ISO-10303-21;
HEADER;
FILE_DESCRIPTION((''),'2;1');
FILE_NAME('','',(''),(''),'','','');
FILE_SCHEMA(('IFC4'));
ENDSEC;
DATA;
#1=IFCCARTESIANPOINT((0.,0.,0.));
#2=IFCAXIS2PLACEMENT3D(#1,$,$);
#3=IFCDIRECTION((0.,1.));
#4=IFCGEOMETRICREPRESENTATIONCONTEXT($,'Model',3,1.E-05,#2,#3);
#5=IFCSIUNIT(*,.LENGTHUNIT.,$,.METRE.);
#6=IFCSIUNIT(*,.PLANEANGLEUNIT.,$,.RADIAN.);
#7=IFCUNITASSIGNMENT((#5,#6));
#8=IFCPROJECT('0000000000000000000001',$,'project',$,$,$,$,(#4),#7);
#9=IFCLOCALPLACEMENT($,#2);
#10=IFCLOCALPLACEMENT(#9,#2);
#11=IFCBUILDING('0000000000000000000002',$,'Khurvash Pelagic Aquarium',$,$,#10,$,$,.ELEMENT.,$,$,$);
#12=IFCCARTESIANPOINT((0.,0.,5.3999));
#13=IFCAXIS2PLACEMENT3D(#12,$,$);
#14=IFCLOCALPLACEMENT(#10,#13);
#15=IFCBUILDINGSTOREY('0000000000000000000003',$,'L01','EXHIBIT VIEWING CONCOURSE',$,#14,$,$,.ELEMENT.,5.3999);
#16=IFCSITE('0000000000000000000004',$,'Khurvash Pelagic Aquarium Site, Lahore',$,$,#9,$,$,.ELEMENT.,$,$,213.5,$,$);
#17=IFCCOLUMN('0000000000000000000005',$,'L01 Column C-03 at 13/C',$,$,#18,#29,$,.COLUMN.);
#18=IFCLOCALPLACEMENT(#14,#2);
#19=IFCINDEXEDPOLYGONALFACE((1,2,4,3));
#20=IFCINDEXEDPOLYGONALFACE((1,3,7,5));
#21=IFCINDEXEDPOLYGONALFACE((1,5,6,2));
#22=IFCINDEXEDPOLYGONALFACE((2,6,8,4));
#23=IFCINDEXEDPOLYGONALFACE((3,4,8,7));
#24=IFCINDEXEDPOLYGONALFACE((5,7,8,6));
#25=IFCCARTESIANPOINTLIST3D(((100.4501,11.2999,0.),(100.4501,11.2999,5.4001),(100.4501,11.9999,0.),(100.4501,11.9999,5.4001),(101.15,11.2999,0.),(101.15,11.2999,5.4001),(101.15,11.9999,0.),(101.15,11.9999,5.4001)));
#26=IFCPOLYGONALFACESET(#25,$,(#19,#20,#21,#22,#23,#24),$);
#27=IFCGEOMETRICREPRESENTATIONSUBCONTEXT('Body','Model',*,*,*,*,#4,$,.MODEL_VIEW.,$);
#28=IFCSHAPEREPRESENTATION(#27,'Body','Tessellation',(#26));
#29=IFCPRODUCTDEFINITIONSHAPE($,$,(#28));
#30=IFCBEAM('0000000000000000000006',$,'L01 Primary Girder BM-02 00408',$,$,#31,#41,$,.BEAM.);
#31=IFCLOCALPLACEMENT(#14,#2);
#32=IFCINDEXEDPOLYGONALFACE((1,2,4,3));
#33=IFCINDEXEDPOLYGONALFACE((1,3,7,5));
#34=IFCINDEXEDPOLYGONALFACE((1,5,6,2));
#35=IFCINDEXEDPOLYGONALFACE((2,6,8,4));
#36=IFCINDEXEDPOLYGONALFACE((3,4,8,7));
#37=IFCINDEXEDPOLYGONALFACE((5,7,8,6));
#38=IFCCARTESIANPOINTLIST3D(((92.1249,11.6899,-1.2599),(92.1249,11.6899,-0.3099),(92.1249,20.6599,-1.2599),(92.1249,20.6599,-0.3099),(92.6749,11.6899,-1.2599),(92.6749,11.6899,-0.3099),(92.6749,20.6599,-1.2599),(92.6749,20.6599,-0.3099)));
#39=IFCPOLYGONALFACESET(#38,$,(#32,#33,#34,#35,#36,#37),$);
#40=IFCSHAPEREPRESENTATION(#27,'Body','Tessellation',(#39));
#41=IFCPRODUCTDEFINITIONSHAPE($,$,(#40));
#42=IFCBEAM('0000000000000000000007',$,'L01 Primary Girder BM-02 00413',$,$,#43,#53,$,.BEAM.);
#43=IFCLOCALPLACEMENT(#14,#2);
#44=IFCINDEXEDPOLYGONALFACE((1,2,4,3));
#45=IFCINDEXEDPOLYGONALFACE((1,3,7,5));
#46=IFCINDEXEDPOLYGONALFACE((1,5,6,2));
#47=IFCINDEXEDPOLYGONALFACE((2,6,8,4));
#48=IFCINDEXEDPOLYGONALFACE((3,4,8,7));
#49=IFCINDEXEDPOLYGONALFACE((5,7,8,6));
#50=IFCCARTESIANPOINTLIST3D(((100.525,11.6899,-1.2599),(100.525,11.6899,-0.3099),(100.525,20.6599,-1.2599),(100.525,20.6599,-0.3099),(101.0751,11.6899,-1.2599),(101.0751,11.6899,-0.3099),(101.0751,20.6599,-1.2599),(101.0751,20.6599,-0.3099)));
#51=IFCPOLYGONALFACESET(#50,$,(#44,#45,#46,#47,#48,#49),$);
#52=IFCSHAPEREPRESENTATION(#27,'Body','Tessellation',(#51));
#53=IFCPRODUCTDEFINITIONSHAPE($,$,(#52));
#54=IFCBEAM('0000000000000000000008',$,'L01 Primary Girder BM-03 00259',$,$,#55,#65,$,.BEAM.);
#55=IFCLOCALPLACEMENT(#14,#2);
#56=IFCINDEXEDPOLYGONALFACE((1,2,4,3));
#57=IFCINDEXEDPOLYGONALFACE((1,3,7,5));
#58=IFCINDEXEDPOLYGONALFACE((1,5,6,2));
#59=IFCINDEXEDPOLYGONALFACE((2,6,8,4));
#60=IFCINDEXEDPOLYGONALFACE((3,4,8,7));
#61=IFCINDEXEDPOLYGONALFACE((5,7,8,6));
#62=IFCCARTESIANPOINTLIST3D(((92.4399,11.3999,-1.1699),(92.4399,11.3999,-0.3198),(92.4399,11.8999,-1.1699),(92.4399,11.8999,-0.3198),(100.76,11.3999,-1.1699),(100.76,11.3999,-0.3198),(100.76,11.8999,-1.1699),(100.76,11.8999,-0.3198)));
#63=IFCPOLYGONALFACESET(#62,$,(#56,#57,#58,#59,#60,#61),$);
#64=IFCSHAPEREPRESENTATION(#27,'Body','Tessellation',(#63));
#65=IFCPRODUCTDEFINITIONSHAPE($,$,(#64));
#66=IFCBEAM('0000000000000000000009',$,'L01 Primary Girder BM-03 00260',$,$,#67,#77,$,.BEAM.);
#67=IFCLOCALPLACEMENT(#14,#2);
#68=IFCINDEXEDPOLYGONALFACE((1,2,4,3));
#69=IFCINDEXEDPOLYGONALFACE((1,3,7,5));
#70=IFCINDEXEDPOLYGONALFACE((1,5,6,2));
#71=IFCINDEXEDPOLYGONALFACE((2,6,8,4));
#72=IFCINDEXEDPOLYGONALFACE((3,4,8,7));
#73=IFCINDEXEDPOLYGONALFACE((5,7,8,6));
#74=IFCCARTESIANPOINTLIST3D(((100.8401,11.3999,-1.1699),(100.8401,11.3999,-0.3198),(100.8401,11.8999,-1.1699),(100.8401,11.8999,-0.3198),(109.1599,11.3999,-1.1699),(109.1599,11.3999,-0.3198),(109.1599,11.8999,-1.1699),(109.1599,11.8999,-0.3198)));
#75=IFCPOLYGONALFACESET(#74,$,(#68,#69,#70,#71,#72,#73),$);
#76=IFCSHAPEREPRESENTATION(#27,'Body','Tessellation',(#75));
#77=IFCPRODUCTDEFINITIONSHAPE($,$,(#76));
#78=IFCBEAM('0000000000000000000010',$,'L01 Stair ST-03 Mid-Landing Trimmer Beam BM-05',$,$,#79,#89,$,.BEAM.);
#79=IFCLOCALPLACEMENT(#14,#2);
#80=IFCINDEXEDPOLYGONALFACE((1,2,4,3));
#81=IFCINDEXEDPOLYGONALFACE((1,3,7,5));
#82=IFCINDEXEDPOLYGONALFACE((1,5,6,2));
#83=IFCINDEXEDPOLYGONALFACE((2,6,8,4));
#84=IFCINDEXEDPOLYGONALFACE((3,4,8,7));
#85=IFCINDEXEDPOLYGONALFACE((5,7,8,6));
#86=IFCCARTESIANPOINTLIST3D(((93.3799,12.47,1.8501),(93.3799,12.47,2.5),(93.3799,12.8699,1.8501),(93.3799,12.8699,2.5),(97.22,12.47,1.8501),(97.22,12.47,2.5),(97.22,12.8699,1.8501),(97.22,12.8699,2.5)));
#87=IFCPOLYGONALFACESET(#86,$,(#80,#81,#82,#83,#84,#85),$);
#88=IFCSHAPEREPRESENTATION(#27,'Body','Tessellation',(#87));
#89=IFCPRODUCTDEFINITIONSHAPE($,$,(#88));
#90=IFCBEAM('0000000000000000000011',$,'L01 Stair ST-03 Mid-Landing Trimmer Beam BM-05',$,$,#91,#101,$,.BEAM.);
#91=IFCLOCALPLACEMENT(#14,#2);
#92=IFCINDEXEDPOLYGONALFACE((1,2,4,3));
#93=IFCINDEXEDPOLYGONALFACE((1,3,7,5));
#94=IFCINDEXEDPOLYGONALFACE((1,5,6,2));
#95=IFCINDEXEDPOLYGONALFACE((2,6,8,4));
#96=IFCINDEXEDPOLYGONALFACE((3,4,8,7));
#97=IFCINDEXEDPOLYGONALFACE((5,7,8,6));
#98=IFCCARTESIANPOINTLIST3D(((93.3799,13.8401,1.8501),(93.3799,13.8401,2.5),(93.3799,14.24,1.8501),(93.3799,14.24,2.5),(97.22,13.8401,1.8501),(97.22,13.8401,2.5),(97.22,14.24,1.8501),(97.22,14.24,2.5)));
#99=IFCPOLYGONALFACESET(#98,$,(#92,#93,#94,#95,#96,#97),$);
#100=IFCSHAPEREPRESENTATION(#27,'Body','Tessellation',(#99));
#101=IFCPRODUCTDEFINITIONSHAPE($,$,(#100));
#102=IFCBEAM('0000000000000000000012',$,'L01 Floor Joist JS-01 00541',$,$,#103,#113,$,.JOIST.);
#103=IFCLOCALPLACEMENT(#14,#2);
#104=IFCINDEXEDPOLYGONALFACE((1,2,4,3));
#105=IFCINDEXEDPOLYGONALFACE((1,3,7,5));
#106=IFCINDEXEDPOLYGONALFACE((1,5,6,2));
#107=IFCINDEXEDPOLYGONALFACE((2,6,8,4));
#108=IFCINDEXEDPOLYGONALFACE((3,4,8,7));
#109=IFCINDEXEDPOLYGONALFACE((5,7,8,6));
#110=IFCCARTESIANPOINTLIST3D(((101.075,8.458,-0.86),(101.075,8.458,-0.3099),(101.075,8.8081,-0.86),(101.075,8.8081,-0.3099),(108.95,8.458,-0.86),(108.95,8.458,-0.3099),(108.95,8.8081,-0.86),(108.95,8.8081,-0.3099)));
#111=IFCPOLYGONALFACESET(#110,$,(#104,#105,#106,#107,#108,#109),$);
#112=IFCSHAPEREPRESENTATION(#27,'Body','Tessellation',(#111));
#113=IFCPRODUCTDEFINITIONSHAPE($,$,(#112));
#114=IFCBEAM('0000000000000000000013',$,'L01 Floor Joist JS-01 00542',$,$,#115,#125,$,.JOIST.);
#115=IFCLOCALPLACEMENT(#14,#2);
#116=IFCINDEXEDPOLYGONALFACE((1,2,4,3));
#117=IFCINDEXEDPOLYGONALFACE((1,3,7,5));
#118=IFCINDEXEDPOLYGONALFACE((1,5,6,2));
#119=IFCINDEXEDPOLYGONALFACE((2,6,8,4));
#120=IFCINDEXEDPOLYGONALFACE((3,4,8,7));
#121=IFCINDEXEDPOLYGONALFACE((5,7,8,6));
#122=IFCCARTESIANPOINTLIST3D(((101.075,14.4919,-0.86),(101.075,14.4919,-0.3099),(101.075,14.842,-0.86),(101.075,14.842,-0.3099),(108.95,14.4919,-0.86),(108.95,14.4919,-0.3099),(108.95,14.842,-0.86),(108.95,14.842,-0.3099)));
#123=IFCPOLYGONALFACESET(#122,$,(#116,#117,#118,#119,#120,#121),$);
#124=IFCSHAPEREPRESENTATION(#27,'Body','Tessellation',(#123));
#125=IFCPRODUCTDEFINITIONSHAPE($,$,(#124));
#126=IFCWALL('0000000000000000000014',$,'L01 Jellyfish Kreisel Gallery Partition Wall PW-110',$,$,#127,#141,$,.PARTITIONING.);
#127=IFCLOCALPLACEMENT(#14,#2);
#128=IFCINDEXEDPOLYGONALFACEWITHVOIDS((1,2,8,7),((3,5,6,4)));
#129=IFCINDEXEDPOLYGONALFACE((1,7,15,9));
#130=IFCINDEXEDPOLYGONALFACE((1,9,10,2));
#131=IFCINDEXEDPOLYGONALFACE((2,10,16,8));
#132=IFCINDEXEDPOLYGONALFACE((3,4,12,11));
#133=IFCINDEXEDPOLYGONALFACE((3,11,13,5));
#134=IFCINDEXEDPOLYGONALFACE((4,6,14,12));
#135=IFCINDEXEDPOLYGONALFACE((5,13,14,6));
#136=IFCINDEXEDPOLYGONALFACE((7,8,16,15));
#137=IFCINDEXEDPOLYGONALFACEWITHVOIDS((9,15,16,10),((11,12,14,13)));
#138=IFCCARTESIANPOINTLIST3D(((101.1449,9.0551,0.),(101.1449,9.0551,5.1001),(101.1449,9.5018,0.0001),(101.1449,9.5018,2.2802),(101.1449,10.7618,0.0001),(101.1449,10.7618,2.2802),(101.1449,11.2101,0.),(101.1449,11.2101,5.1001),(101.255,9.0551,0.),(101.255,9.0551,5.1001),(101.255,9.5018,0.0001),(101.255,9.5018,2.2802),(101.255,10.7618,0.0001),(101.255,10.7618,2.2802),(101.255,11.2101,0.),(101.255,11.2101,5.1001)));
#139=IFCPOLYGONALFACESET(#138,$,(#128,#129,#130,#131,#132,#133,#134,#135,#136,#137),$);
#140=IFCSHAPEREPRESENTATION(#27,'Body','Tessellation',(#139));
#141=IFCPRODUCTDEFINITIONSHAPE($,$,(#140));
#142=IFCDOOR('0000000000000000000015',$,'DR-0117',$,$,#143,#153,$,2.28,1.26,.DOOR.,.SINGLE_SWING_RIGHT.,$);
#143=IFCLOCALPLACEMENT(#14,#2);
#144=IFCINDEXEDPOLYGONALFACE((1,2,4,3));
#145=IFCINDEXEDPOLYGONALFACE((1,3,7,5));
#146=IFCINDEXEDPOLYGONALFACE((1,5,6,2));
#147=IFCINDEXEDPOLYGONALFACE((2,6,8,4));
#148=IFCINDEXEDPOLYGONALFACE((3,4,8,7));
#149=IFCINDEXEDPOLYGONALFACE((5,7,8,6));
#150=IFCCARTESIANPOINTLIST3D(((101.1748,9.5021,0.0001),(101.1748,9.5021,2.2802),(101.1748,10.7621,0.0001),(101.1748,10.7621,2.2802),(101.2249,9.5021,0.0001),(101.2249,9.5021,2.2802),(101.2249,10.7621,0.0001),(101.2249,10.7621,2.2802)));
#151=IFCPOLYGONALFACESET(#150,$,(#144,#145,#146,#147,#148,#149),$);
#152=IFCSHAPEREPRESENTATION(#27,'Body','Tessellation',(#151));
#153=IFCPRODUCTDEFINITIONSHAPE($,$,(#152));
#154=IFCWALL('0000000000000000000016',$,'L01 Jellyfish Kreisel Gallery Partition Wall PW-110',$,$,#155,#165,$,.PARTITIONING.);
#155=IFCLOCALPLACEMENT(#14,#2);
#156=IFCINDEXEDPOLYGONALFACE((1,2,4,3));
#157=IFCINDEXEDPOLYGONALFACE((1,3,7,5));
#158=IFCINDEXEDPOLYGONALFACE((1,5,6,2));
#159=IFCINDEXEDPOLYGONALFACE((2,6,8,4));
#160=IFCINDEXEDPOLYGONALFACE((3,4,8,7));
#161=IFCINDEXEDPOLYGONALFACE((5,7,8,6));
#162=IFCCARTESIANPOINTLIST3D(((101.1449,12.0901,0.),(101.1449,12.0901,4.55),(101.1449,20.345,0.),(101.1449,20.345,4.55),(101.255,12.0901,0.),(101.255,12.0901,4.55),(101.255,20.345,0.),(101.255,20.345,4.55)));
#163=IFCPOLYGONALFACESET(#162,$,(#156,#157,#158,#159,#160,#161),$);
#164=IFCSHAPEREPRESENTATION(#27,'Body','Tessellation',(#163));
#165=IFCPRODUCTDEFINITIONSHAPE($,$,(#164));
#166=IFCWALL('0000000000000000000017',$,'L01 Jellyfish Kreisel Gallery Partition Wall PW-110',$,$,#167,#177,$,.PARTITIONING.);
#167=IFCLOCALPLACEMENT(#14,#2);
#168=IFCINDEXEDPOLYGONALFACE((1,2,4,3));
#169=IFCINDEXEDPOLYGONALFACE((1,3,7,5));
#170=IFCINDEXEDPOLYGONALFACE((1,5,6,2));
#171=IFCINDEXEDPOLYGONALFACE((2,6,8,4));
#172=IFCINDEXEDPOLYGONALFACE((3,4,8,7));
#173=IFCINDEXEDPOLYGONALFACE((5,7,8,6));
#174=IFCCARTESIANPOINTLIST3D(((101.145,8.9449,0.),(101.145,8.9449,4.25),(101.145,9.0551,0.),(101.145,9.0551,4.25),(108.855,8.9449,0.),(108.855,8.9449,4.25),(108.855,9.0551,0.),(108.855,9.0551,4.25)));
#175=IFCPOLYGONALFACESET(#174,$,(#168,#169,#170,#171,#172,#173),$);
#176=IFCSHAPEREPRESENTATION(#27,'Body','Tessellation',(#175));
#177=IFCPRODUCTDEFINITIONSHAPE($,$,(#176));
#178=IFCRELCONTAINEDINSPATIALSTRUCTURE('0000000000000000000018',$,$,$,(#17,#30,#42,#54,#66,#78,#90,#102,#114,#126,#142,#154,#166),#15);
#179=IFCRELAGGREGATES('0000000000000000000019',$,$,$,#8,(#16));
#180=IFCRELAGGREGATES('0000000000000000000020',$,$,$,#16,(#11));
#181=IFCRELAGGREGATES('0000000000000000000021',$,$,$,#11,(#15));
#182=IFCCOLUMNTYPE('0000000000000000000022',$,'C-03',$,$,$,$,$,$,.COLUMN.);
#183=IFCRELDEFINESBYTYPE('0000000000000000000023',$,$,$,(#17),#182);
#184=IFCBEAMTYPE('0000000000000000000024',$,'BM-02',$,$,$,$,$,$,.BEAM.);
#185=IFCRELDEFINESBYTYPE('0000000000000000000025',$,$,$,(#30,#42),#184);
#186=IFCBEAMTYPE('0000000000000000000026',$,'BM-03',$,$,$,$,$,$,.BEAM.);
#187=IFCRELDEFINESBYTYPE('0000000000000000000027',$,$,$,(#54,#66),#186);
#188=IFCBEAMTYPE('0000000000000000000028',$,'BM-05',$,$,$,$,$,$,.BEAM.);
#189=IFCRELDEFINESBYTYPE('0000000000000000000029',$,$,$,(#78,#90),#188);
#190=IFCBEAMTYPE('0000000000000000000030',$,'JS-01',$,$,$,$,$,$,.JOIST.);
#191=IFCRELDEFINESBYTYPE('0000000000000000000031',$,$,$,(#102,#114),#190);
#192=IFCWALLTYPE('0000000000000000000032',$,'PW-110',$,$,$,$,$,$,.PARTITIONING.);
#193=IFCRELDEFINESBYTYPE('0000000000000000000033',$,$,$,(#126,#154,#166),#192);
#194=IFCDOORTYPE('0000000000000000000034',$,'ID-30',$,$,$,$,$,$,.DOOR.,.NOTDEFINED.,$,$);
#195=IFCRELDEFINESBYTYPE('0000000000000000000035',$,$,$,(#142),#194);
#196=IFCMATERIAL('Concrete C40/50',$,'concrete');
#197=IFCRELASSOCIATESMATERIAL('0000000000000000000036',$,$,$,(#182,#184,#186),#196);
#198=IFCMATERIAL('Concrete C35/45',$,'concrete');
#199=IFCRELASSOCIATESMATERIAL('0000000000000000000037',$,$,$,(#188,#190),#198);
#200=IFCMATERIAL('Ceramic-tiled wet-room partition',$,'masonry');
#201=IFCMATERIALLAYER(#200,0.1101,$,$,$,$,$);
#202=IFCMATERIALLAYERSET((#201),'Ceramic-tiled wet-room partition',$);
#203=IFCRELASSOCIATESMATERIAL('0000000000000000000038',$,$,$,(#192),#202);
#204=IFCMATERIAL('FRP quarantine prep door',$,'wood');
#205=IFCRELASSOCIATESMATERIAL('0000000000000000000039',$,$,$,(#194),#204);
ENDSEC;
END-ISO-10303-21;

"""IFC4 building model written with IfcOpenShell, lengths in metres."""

from ifc_helpers import new_model, si_unit, direction, frame, frame_2d, origin, origin_2d, place, context, subcontext, project, spatial, rectangle, extrude, material, layer, layer_set, material_profile, profile_set, type_object, element, fill, save


model = new_model("IFC4")

# Units and contexts
model_context = context("Model", 3, precision=1e-05, world=origin(), true_north=direction((0.0, 1.0)))
body_context = subcontext(model_context, "Body", "Model", "MODEL_VIEW")
ifc_project = project(units=[si_unit("LENGTHUNIT", "METRE"), si_unit("PLANEANGLEUNIT", "RADIAN")], contexts=[model_context])

# Site, building, storey
site_placement = place(None, origin())
site = spatial("IfcSite", under=ifc_project, at=site_placement, Name="Khurvash Pelagic Aquarium Site, Lahore", CompositionType="ELEMENT", RefElevation=213.5)
building_placement = place(site_placement, origin())
building = spatial("IfcBuilding", under=site, at=building_placement, Name="Khurvash Pelagic Aquarium", CompositionType="ELEMENT")
storey_placement = place(building_placement, frame((0.0, 0.0, 5.3999)))
storey = spatial("IfcBuildingStorey", under=building, at=storey_placement, Name="L01", Description="EXHIBIT VIEWING CONCOURSE", CompositionType="ELEMENT", Elevation=5.3999)

# Column
ifc_material_1 = material(Name="Concrete C40/50", Category="concrete")
ifc_material_profile_1 = material_profile(ifc_material_1, rectangle(XDim=0.7, YDim=0.7, at=origin_2d()), Name="RC700X700")
ifc_profile_set_1 = profile_set([ifc_material_profile_1], Name="Concrete C40/50")
column_type = type_object("IfcColumnType", Name="C-03", PredefinedType="COLUMN", material=ifc_profile_set_1)
column_placement = place(storey_placement, frame((100.8, 11.6499, 0.0), z_axis=(0.0, 0.0, 1.0), x_axis=(1.0, 0.0, 0.0)))
element("IfcColumn", 1, at=column_placement, inside=storey, type_object=column_type, Name="L01 Column C-03 at 13/C", PredefinedType="COLUMN", context=body_context, shape_type="SweptSolid", body=[
    extrude(rectangle(XDim=0.7, YDim=0.7, at=origin_2d()), origin(), (0.0, 0.0, 1.0), 5.4001),
])

# Beams
ifc_material_profile_2 = material_profile(ifc_material_1, rectangle(XDim=0.55, YDim=0.95, at=origin_2d()), Name="RC550X950")
ifc_profile_set_2 = profile_set([ifc_material_profile_2], Name="Concrete C40/50")
beam_type_1 = type_object("IfcBeamType", Name="BM-02", PredefinedType="BEAM", material=ifc_profile_set_2)
for number, where, z_axis, x_axis, name in (
    (2, (92.3999, 11.6899, -0.7849), (0.0, 1.0, 0.0), (-1.0, 0.0, 0.0), "L01 Primary Girder BM-02 00408"),
    (3, (100.8, 11.6899, -0.7849), (0.0, 1.0, 0.0), (-1.0, 0.0, 0.0), "L01 Primary Girder BM-02 00413"),
):
    element("IfcBeam", number, at=place(storey_placement, frame(where, z_axis=z_axis, x_axis=x_axis)), inside=storey, type_object=beam_type_1, Name=name, PredefinedType="BEAM", context=body_context, shape_type="SweptSolid", body=[
        extrude(rectangle(XDim=0.55, YDim=0.95, at=origin_2d()), origin(), (0.0, 0.0, 1.0), 8.97),
    ])
ifc_material_profile_3 = material_profile(ifc_material_1, rectangle(XDim=0.5, YDim=0.8501, at=origin_2d()), Name="RC500X850")
ifc_profile_set_3 = profile_set([ifc_material_profile_3], Name="Concrete C40/50")
beam_type_2 = type_object("IfcBeamType", Name="BM-03", PredefinedType="BEAM", material=ifc_profile_set_3)
beam_1_placement = place(storey_placement, frame((92.4399, 11.6499, -0.7449), z_axis=(1.0, 0.0, 0.0), x_axis=(0.0, 1.0, 0.0)))
element("IfcBeam", 4, at=beam_1_placement, inside=storey, type_object=beam_type_2, Name="L01 Primary Girder BM-03 00259", PredefinedType="BEAM", context=body_context, shape_type="SweptSolid", body=[
    extrude(rectangle(XDim=0.5, YDim=0.8501, at=origin_2d()), origin(), (0.0, 0.0, 1.0), 8.3201),
])
beam_2_placement = place(storey_placement, frame((100.8401, 11.6499, -0.7449), z_axis=(1.0, 0.0, 0.0), x_axis=(0.0, 1.0, 0.0)))
element("IfcBeam", 5, at=beam_2_placement, inside=storey, type_object=beam_type_2, Name="L01 Primary Girder BM-03 00260", PredefinedType="BEAM", context=body_context, shape_type="SweptSolid", body=[
    extrude(rectangle(XDim=0.5, YDim=0.8501, at=origin_2d()), origin(), (0.0, 0.0, 1.0), 8.3198),
])
ifc_material_2 = material(Name="Concrete C35/45", Category="concrete")
ifc_material_profile_4 = material_profile(ifc_material_2, rectangle(XDim=0.3999, YDim=0.6499, at=origin_2d()), Name="RC400X650")
ifc_profile_set_4 = profile_set([ifc_material_profile_4], Name="Concrete C35/45")
beam_type_3 = type_object("IfcBeamType", Name="BM-05", PredefinedType="BEAM", material=ifc_profile_set_4)
for number, where, z_axis, x_axis, name in (
    (6, (93.3799, 12.6699, 2.175), (1.0, 0.0, 0.0), (0.0, 1.0, 0.0), "L01 Stair ST-03 Mid-Landing Trimmer Beam BM-05"),
    (7, (93.3799, 14.04, 2.175), (1.0, 0.0, 0.0), (0.0, 1.0, 0.0), "L01 Stair ST-03 Mid-Landing Trimmer Beam BM-05"),
):
    element("IfcBeam", number, at=place(storey_placement, frame(where, z_axis=z_axis, x_axis=x_axis)), inside=storey, type_object=beam_type_3, Name=name, PredefinedType="BEAM", context=body_context, shape_type="SweptSolid", body=[
        extrude(rectangle(XDim=0.3999, YDim=0.6499, at=origin_2d()), origin(), (0.0, 0.0, 1.0), 3.8401),
    ])
ifc_material_profile_5 = material_profile(ifc_material_2, rectangle(XDim=0.3501, YDim=0.55, at=origin_2d()), Name="RC350X550")
ifc_profile_set_5 = profile_set([ifc_material_profile_5], Name="Concrete C35/45")
beam_type_4 = type_object("IfcBeamType", Name="JS-01", PredefinedType="JOIST", material=ifc_profile_set_5)
for number, where, z_axis, x_axis, name in (
    (8, (101.075, 8.6331, -0.585), (1.0, 0.0, 0.0), (0.0, 1.0, 0.0), "L01 Floor Joist JS-01 00541"),
    (9, (101.075, 14.667, -0.585), (1.0, 0.0, 0.0), (0.0, 1.0, 0.0), "L01 Floor Joist JS-01 00542"),
):
    element("IfcBeam", number, at=place(storey_placement, frame(where, z_axis=z_axis, x_axis=x_axis)), inside=storey, type_object=beam_type_4, Name=name, PredefinedType="JOIST", context=body_context, shape_type="SweptSolid", body=[
        extrude(rectangle(XDim=0.3501, YDim=0.55, at=origin_2d()), origin(), (0.0, 0.0, 1.0), 7.875),
    ])

# Wall, opening, door
ifc_material_3 = material(Name="Ceramic-tiled wet-room partition", Category="masonry")
ifc_layer_1 = layer(ifc_material_3, 0.1101)
ifc_layer_set_1 = layer_set([ifc_layer_1], Name="Ceramic-tiled wet-room partition")
wall_type_1 = type_object("IfcWallType", Name="PW-110", PredefinedType="PARTITIONING", material=ifc_layer_set_1)
wall_1_placement = place(storey_placement, frame((101.2, 9.0549, 0.0), z_axis=(0.0, 0.0, 1.0), x_axis=(0.0, 1.0, 0.0)))
wall_1 = element("IfcWall", 10, at=wall_1_placement, inside=storey, type_object=wall_type_1, Name="L01 Jellyfish Kreisel Gallery Partition Wall PW-110", PredefinedType="PARTITIONING", context=body_context, shape_type="SweptSolid", body=[
    extrude(rectangle(XDim=2.155, YDim=0.1101, at=frame_2d((1.0776, 0.0))), origin(), (0.0, 0.0, 1.0), 5.1001),
])
opening_placement = place(wall_1_placement, frame((0.447, 0.0, 0.0)))
opening = element("IfcOpeningElement", 11, at=opening_placement, cuts=wall_1, PredefinedType="OPENING", context=body_context, shape_type="SweptSolid", body=[
    extrude(rectangle(XDim=1.26, YDim=2.28, at=frame_2d((0.6299, 1.1401))), frame((0.0, 0.0649, 0.0), z_axis=(0.0, -1.0, 0.0), x_axis=(1.0, 0.0, 0.0)), (0.0, 0.0, 1.0), 0.1301),
])
ifc_material_4 = material(Name="FRP quarantine prep door", Category="wood")
door_type = type_object("IfcDoorType", Name="ID-30", OperationType="NOTDEFINED", PredefinedType="DOOR", material=ifc_material_4)
door_placement = place(opening_placement, frame((1.26, 0.0, 0.0), z_axis=(0.0, 0.0, 1.0), x_axis=(-1.0, 0.0, 0.0)))
door = element("IfcDoor", 12, at=door_placement, inside=storey, type_object=door_type, Name="DR-0117", OperationType="SINGLE_SWING_RIGHT", OverallHeight=2.28, OverallWidth=1.26, PredefinedType="DOOR", context=body_context, shape_type="SweptSolid", body=[
    extrude(rectangle(XDim=1.26, YDim=2.28, at=frame_2d((0.6299, 1.1401))), frame((0.0, 0.0249, 0.0), z_axis=(0.0, -1.0, 0.0), x_axis=(1.0, 0.0, 0.0)), (0.0, 0.0, 1.0), 0.05),
])
fill(opening, door)

# Walls
wall_2_placement = place(storey_placement, frame((101.2, 12.0901, 0.0), z_axis=(0.0, 0.0, 1.0), x_axis=(0.0, 1.0, 0.0)))
element("IfcWall", 13, at=wall_2_placement, inside=storey, type_object=wall_type_1, Name="L01 Jellyfish Kreisel Gallery Partition Wall PW-110", PredefinedType="PARTITIONING", context=body_context, shape_type="SweptSolid", body=[
    extrude(rectangle(XDim=8.2549, YDim=0.1101, at=frame_2d((4.1274, 0.0))), origin(), (0.0, 0.0, 1.0), 4.55),
])
wall_3_placement = place(storey_placement, frame((101.145, 9.0, 0.0), z_axis=(0.0, 0.0, 1.0), x_axis=(1.0, 0.0, 0.0)))
element("IfcWall", 14, at=wall_3_placement, inside=storey, type_object=wall_type_1, Name="L01 Jellyfish Kreisel Gallery Partition Wall PW-110", PredefinedType="PARTITIONING", context=body_context, shape_type="SweptSolid", body=[
    extrude(rectangle(XDim=7.71, YDim=0.1101, at=frame_2d((3.855, 0.0))), origin(), (0.0, 0.0, 1.0), 4.25),
])

save(model, "model.ifc")
